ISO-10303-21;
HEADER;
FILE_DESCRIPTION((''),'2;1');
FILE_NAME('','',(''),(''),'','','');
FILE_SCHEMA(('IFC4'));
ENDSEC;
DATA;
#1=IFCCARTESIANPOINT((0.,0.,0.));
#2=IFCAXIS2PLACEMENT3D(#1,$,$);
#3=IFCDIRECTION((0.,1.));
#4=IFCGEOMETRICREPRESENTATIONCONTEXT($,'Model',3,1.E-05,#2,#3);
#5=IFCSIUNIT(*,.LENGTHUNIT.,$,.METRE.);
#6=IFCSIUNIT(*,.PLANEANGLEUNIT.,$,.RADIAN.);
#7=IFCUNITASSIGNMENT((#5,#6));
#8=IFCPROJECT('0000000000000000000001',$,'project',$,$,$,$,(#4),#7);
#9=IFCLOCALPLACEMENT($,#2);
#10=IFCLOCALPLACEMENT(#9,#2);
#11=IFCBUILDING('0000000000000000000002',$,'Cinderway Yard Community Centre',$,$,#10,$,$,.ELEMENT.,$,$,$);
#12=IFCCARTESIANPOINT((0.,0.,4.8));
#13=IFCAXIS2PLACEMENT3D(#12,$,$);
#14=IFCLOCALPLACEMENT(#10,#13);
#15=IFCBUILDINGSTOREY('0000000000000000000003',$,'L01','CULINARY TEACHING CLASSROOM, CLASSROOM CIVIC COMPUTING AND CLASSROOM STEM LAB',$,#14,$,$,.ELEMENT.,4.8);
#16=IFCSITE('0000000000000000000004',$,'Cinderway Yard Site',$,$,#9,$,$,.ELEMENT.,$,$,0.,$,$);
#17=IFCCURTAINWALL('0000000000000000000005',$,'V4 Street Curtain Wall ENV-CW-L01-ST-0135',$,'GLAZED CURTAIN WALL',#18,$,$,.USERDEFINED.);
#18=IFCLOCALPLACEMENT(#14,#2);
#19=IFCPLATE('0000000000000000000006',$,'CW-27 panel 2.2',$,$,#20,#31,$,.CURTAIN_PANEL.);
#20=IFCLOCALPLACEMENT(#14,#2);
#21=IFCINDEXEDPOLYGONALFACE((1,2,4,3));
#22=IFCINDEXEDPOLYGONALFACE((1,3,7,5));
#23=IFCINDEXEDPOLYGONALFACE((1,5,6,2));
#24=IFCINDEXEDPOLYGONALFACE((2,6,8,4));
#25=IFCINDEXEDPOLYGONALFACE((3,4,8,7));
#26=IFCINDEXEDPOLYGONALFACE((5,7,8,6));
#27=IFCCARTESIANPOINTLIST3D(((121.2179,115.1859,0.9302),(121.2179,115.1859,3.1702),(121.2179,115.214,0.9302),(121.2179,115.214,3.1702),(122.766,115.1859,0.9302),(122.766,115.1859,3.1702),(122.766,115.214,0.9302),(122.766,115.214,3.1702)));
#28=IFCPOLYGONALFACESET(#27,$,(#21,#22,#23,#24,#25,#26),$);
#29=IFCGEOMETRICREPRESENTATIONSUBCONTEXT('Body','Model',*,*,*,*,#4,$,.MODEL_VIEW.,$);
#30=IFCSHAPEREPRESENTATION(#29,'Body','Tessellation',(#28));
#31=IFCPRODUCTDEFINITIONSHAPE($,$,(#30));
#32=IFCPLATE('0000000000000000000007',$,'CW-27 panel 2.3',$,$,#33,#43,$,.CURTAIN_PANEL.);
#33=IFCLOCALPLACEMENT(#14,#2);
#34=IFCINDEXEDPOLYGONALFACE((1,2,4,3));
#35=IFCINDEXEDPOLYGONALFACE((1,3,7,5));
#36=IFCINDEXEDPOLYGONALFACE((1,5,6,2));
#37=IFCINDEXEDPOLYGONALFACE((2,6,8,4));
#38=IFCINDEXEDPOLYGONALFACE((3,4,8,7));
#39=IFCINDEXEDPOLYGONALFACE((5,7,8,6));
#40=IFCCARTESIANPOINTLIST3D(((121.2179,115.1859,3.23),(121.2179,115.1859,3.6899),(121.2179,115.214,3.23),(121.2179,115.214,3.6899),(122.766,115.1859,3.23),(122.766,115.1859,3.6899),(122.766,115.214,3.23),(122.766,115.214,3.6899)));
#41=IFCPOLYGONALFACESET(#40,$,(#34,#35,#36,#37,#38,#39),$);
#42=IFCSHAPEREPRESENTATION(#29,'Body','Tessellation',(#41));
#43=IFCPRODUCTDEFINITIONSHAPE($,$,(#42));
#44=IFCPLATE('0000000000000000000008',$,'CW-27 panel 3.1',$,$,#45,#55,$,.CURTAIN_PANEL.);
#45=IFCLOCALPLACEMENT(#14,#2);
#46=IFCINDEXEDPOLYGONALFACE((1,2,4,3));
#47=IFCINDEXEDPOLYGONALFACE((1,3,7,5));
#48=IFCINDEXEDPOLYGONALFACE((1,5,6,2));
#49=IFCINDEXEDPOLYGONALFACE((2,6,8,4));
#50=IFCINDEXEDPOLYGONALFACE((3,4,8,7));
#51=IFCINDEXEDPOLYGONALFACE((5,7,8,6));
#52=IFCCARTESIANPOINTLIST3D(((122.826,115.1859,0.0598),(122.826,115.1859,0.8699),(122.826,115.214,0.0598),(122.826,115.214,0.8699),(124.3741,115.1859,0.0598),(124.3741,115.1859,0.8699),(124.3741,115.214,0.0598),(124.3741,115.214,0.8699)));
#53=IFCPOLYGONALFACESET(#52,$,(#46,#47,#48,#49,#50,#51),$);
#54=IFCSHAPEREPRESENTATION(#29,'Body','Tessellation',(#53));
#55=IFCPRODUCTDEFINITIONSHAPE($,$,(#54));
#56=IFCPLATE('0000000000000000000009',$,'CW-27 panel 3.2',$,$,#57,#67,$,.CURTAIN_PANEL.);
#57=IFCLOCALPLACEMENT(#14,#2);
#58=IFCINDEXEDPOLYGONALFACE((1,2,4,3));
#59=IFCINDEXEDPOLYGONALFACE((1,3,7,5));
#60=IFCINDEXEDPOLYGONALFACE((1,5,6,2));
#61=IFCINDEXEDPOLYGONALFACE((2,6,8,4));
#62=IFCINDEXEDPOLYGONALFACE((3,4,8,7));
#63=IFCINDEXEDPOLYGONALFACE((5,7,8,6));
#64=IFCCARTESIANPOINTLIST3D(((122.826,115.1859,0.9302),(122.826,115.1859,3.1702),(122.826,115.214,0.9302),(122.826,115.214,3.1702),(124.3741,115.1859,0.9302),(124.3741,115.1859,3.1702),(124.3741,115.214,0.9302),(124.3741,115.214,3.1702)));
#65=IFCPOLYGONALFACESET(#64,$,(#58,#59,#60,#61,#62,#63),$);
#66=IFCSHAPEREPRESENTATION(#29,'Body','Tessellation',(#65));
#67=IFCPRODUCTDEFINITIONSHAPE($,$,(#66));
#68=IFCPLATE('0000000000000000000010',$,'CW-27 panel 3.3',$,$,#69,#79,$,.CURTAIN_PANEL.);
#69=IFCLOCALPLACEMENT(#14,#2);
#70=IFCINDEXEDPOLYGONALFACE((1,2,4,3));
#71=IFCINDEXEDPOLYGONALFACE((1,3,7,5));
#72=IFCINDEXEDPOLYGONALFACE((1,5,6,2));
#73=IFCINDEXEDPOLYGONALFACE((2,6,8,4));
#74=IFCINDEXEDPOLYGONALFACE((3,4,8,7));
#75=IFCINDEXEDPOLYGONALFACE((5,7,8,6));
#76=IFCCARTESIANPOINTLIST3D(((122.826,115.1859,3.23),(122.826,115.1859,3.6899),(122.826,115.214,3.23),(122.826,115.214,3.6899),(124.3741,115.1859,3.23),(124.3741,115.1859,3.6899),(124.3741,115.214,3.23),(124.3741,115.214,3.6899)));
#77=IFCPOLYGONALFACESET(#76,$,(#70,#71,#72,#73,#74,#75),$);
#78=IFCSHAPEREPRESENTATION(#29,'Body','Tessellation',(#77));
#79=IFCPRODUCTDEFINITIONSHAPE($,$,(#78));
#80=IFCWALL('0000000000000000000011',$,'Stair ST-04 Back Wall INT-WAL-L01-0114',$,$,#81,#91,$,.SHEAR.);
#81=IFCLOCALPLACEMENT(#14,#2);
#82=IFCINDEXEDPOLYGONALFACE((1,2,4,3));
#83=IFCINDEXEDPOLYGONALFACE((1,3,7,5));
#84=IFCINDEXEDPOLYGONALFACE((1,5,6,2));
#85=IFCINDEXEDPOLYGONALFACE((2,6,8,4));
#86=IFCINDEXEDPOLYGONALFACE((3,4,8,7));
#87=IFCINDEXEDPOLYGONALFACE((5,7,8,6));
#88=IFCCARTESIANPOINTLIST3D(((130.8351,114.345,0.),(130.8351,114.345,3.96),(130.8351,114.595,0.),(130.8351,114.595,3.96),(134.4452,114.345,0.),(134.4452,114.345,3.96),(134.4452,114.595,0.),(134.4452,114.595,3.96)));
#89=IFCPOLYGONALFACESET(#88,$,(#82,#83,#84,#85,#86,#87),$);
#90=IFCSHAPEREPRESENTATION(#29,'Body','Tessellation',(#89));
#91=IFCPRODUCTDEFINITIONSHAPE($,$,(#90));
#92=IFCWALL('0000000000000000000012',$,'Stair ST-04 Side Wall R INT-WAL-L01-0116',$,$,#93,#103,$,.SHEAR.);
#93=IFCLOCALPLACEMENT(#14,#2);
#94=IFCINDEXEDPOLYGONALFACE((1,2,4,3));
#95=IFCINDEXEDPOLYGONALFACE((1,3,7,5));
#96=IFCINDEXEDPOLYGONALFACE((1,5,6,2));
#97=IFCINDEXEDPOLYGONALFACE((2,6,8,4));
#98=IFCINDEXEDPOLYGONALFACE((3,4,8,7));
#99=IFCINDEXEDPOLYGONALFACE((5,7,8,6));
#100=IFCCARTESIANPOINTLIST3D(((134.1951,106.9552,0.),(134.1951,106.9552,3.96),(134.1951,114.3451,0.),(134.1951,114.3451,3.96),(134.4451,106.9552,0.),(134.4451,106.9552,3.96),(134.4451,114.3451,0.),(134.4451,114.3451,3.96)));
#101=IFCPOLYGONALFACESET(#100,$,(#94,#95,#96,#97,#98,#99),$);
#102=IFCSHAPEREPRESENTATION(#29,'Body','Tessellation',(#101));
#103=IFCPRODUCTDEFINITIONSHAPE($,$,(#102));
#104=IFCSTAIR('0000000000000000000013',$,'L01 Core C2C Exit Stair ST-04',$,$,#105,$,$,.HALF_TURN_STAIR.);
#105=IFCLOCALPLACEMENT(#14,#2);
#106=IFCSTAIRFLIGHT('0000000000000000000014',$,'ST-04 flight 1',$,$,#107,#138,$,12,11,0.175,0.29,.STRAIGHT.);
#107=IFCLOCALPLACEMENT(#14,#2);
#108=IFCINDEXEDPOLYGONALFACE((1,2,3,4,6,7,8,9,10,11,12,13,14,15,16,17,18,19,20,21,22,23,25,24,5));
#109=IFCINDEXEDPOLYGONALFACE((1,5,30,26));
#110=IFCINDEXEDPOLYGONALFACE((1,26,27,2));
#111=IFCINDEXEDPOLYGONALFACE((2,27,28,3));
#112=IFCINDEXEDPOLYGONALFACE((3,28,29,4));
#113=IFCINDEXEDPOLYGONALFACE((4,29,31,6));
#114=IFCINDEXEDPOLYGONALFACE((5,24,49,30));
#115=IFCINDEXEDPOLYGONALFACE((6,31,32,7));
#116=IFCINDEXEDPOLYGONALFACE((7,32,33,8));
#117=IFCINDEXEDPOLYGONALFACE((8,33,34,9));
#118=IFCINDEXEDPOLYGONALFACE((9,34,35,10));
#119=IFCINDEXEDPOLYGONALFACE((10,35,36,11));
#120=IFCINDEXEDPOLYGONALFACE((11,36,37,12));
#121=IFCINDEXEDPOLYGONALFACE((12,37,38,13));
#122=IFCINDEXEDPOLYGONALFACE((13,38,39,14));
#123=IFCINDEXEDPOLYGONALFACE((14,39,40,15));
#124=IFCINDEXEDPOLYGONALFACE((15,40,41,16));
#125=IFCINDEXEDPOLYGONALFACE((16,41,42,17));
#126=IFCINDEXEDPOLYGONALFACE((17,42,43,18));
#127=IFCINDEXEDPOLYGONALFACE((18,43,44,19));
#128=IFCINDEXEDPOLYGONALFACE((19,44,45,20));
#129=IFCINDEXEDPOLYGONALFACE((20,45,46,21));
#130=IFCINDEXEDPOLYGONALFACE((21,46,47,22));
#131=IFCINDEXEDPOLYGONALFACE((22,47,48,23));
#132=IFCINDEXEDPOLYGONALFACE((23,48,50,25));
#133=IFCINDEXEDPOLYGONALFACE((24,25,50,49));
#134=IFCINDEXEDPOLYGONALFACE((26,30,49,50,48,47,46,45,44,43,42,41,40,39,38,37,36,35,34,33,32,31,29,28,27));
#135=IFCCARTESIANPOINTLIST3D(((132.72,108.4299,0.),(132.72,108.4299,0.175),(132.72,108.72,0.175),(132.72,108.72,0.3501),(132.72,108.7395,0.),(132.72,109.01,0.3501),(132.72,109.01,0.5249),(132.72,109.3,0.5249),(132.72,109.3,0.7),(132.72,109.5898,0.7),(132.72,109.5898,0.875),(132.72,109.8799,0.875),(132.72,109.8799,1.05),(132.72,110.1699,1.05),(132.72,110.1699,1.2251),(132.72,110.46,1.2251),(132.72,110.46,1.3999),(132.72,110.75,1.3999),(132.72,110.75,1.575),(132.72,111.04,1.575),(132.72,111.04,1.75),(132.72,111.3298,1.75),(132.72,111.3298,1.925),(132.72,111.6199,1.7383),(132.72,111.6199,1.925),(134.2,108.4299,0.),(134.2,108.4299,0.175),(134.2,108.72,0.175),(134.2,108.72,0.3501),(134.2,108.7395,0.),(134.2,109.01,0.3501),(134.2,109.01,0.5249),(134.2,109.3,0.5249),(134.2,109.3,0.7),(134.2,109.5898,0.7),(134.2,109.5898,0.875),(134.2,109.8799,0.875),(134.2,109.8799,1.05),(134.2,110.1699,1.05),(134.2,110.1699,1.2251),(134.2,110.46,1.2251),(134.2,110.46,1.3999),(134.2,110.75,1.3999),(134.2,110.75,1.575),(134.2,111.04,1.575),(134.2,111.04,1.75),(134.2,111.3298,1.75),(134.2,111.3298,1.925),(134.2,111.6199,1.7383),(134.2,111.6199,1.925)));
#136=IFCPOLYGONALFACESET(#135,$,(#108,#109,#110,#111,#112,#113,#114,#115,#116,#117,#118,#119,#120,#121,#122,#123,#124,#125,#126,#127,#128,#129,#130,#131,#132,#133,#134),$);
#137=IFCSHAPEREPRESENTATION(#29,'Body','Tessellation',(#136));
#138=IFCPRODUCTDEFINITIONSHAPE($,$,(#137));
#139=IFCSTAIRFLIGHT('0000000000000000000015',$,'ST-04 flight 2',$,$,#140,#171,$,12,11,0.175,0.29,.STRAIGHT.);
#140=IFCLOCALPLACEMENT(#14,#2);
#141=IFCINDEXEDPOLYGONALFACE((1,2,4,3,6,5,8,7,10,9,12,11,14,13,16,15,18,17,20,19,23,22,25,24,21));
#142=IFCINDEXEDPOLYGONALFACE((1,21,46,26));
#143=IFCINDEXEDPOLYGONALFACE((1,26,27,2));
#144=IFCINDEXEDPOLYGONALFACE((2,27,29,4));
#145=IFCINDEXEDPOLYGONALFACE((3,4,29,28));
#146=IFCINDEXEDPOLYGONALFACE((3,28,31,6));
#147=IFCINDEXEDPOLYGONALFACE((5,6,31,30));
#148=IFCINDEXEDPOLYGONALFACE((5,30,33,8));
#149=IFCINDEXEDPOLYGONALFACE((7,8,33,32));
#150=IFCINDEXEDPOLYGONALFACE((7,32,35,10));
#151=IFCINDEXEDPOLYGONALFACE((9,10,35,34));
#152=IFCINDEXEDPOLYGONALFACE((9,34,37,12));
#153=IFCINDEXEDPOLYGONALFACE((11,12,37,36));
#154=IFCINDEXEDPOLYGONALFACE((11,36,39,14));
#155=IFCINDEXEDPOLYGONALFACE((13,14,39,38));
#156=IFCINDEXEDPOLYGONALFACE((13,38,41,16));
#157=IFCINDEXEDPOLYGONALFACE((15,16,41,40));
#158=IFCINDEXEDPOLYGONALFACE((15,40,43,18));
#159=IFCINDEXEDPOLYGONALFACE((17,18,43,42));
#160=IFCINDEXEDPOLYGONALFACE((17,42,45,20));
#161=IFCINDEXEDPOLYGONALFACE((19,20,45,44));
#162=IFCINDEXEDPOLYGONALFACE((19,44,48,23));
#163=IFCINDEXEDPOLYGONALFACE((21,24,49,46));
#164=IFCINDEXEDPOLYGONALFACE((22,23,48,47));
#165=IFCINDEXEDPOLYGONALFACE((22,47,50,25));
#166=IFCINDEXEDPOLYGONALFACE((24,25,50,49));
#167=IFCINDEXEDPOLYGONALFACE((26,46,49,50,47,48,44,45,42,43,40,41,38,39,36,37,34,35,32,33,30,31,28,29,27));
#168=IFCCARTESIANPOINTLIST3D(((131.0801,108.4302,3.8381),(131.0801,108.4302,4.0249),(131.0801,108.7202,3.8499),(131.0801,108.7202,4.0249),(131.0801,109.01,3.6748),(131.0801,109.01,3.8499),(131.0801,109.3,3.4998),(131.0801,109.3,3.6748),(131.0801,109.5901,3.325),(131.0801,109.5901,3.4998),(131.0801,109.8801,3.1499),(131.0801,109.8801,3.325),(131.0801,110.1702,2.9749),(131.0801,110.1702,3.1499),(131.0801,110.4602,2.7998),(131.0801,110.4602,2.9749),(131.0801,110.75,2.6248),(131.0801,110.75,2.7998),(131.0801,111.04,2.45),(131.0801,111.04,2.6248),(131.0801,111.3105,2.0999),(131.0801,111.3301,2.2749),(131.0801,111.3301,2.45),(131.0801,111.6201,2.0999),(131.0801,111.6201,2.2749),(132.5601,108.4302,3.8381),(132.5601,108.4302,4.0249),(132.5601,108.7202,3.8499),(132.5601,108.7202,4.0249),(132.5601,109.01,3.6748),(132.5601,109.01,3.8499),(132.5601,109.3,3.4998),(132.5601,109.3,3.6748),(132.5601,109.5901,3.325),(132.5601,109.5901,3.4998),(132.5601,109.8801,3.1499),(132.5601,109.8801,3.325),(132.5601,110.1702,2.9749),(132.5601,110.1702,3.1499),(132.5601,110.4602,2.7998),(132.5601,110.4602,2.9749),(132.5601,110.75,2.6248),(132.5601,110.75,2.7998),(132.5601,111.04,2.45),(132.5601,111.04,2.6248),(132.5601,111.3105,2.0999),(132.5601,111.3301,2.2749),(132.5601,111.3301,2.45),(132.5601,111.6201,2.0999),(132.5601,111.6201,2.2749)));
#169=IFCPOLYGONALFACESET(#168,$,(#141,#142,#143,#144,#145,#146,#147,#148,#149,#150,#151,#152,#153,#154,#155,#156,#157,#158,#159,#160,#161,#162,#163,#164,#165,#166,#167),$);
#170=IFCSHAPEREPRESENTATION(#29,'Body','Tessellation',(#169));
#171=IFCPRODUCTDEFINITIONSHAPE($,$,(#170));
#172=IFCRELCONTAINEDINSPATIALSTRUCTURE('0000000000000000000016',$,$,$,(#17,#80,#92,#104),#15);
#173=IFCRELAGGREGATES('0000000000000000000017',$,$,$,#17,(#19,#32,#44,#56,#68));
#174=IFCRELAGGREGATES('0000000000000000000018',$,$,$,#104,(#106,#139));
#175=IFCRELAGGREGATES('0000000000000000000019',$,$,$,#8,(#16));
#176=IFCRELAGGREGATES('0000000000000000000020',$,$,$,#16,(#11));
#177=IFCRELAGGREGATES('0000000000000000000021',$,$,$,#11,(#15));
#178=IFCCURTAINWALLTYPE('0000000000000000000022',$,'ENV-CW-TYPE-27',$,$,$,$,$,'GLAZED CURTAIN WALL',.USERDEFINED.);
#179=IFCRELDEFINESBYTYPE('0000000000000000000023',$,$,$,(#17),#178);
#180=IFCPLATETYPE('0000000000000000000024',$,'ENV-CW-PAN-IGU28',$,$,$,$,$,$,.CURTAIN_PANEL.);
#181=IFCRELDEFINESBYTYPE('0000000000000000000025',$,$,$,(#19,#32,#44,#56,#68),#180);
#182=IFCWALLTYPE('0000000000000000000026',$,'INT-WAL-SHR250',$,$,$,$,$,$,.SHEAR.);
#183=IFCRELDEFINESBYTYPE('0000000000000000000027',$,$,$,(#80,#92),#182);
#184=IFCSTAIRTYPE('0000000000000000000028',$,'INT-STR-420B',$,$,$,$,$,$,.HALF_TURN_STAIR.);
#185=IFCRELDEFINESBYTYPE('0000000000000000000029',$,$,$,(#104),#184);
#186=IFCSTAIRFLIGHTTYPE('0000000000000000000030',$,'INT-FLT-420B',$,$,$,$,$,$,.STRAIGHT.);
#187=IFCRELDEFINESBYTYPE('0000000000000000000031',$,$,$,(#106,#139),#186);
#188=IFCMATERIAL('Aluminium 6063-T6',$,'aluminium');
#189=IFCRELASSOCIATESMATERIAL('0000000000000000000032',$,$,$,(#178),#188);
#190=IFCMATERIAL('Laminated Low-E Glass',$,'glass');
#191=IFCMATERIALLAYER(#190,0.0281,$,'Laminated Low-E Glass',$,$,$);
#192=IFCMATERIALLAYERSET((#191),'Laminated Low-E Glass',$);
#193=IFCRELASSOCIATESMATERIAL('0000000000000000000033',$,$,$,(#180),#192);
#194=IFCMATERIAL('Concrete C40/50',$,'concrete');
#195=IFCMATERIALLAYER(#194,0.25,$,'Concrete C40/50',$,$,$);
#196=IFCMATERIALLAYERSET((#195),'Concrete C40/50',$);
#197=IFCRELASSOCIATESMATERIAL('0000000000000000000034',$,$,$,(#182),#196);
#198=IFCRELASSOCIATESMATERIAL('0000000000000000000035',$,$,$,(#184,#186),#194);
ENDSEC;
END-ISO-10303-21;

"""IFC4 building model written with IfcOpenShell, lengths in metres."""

from ifc_helpers import new_model, si_unit, direction, frame, frame_2d, origin, origin_2d, place, context, subcontext, project, spatial, polyline, rectangle, outline, extrude, material, layer, layer_set, type_object, element, aggregate, save


model = new_model("IFC4")

# Units and contexts
model_context = context("Model", 3, precision=1e-05, world=origin(), true_north=direction((0.0, 1.0)))
body_context = subcontext(model_context, "Body", "Model", "MODEL_VIEW")
ifc_project = project(units=[si_unit("LENGTHUNIT", "METRE"), si_unit("PLANEANGLEUNIT", "RADIAN")], contexts=[model_context])

# Site, building, storey
site_placement = place(None, origin())
site = spatial("IfcSite", under=ifc_project, at=site_placement, Name="Cinderway Yard Site", CompositionType="ELEMENT", RefElevation=0.0)
building_placement = place(site_placement, origin())
building = spatial("IfcBuilding", under=site, at=building_placement, Name="Cinderway Yard Community Centre", CompositionType="ELEMENT")
storey_placement = place(building_placement, frame((0.0, 0.0, 4.8)))
storey = spatial("IfcBuildingStorey", under=building, at=storey_placement, Name="L01", Description="CULINARY TEACHING CLASSROOM, CLASSROOM CIVIC COMPUTING AND CLASSROOM STEM LAB", CompositionType="ELEMENT", Elevation=4.8)

# Curtain wall, plates
ifc_material_1 = material(Name="Aluminium 6063-T6", Category="aluminium")
curtain_wall_type = type_object("IfcCurtainWallType", Name="ENV-CW-TYPE-27", ElementType="GLAZED CURTAIN WALL", PredefinedType="USERDEFINED", material=ifc_material_1)
curtain_wall_placement = place(storey_placement, origin())
curtain_wall = element("IfcCurtainWall", 1, at=curtain_wall_placement, inside=storey, type_object=curtain_wall_type, Name="V4 Street Curtain Wall ENV-CW-L01-ST-0135", ObjectType="GLAZED CURTAIN WALL", PredefinedType="USERDEFINED")
ifc_material_2 = material(Name="Laminated Low-E Glass", Category="glass")
ifc_layer_1 = layer(ifc_material_2, 0.0281, Name="Laminated Low-E Glass")
ifc_layer_set_1 = layer_set([ifc_layer_1], Name="Laminated Low-E Glass")
plate_type = type_object("IfcPlateType", Name="ENV-CW-PAN-IGU28", PredefinedType="CURTAIN_PANEL", material=ifc_layer_set_1)
plate_1_placement = place(storey_placement, frame((121.9919, 115.2, 0.9302), z_axis=(0.0, 0.0, 1.0), x_axis=(1.0, 0.0, 0.0)))
plate_1 = element("IfcPlate", 2, at=plate_1_placement, type_object=plate_type, Name="CW-27 panel 2.2", PredefinedType="CURTAIN_PANEL", context=body_context, shape_type="SweptSolid", body=[
    extrude(rectangle(XDim=1.5481, YDim=0.0281, at=origin_2d()), origin(), (0.0, 0.0, 1.0), 2.24),
])
plate_2_placement = place(storey_placement, frame((121.9919, 115.2, 3.23), z_axis=(0.0, 0.0, 1.0), x_axis=(1.0, 0.0, 0.0)))
plate_2 = element("IfcPlate", 3, at=plate_2_placement, type_object=plate_type, Name="CW-27 panel 2.3", PredefinedType="CURTAIN_PANEL", context=body_context, shape_type="SweptSolid", body=[
    extrude(rectangle(XDim=1.5481, YDim=0.0281, at=origin_2d()), origin(), (0.0, 0.0, 1.0), 0.46),
])
plate_3_placement = place(storey_placement, frame((123.6001, 115.2, 0.0598), z_axis=(0.0, 0.0, 1.0), x_axis=(1.0, 0.0, 0.0)))
plate_3 = element("IfcPlate", 4, at=plate_3_placement, type_object=plate_type, Name="CW-27 panel 3.1", PredefinedType="CURTAIN_PANEL", context=body_context, shape_type="SweptSolid", body=[
    extrude(rectangle(XDim=1.5481, YDim=0.0281, at=origin_2d()), origin(), (0.0, 0.0, 1.0), 0.8101),
])
plate_4_placement = place(storey_placement, frame((123.6001, 115.2, 0.9302), z_axis=(0.0, 0.0, 1.0), x_axis=(1.0, 0.0, 0.0)))
plate_4 = element("IfcPlate", 5, at=plate_4_placement, type_object=plate_type, Name="CW-27 panel 3.2", PredefinedType="CURTAIN_PANEL", context=body_context, shape_type="SweptSolid", body=[
    extrude(rectangle(XDim=1.5481, YDim=0.0281, at=origin_2d()), origin(), (0.0, 0.0, 1.0), 2.24),
])
plate_5_placement = place(storey_placement, frame((123.6001, 115.2, 3.23), z_axis=(0.0, 0.0, 1.0), x_axis=(1.0, 0.0, 0.0)))
plate_5 = element("IfcPlate", 6, at=plate_5_placement, type_object=plate_type, Name="CW-27 panel 3.3", PredefinedType="CURTAIN_PANEL", context=body_context, shape_type="SweptSolid", body=[
    extrude(rectangle(XDim=1.5481, YDim=0.0281, at=origin_2d()), origin(), (0.0, 0.0, 1.0), 0.46),
])
aggregate(curtain_wall, [plate_1, plate_2, plate_3, plate_4, plate_5])

# Walls
ifc_material_3 = material(Name="Concrete C40/50", Category="concrete")
ifc_layer_2 = layer(ifc_material_3, 0.25, Name="Concrete C40/50")
ifc_layer_set_2 = layer_set([ifc_layer_2], Name="Concrete C40/50")
wall_type = type_object("IfcWallType", Name="INT-WAL-SHR250", PredefinedType="SHEAR", material=ifc_layer_set_2)
wall_1_placement = place(storey_placement, frame((130.835, 114.47, 0.0), z_axis=(0.0, 0.0, 1.0), x_axis=(1.0, 0.0, 0.0)))
element("IfcWall", 7, at=wall_1_placement, inside=storey, type_object=wall_type, Name="Stair ST-04 Back Wall INT-WAL-L01-0114", PredefinedType="SHEAR", context=body_context, shape_type="SweptSolid", body=[
    extrude(rectangle(XDim=3.6101, YDim=0.25, at=frame_2d((1.8052, 0.0))), origin(), (0.0, 0.0, 1.0), 3.96),
])
wall_2_placement = place(storey_placement, frame((134.3201, 114.345, 0.0), z_axis=(0.0, 0.0, 1.0), x_axis=(0.0, -1.0, 0.0)))
element("IfcWall", 8, at=wall_2_placement, inside=storey, type_object=wall_type, Name="Stair ST-04 Side Wall R INT-WAL-L01-0116", PredefinedType="SHEAR", context=body_context, shape_type="SweptSolid", body=[
    extrude(rectangle(XDim=7.3899, YDim=0.25, at=frame_2d((3.6948, 0.0))), origin(), (0.0, 0.0, 1.0), 3.96),
])

# Stair, stair flights
stair_type = type_object("IfcStairType", Name="INT-STR-420B", PredefinedType="HALF_TURN_STAIR", material=ifc_material_3)
stair_placement = place(storey_placement, origin())
stair = element("IfcStair", 9, at=stair_placement, inside=storey, type_object=stair_type, Name="L01 Core C2C Exit Stair ST-04", PredefinedType="HALF_TURN_STAIR")
stair_flight_type = type_object("IfcStairFlightType", Name="INT-FLT-420B", PredefinedType="STRAIGHT", material=ifc_material_3)
stair_flight_1_placement = place(storey_placement, frame((133.46, 108.4299, 0.0), z_axis=(0.0, 0.0, 1.0), x_axis=(0.0, 1.0, 0.0)))
stair_flight_1 = element("IfcStairFlight", 10, at=stair_flight_1_placement, type_object=stair_flight_type, Name="ST-04 flight 1", NumberOfRisers=12, NumberOfTreads=11, PredefinedType="STRAIGHT", RiserHeight=0.175, TreadLength=0.29, context=body_context, shape_type="SweptSolid", body=[
    extrude(outline(polyline([(0.0, 0.0), (0.0, 0.175), (0.29, 0.175), (0.29, 0.3501), (0.5801, 0.3501), (0.5801, 0.5249), (0.8701, 0.5249), (0.8701, 0.7), (1.1599, 0.7), (1.1599, 0.875), (1.45, 0.875), (1.45, 1.05), (1.74, 1.05), (1.74, 1.2251), (2.03, 1.2251), (2.03, 1.3999), (2.3201, 1.3999), (2.3201, 1.575), (2.6101, 1.575), (2.6101, 1.75), (2.8999, 1.75), (2.8999, 1.925), (3.1899, 1.925), (3.1899, 2.1001), (3.1899, 1.7383), (0.3096, 0.0), (0.0, 0.0)])), frame((0.0, 0.74, 0.0), z_axis=(0.0, -1.0, 0.0), x_axis=(1.0, 0.0, 0.0)), (0.0, 0.0, 1.0), 1.48),
])
stair_flight_2_placement = place(storey_placement, frame((131.8201, 111.6201, 2.0999), z_axis=(0.0, 0.0, 1.0), x_axis=(0.0, -1.0, 0.0)))
stair_flight_2 = element("IfcStairFlight", 11, at=stair_flight_2_placement, type_object=stair_flight_type, Name="ST-04 flight 2", NumberOfRisers=12, NumberOfTreads=11, PredefinedType="STRAIGHT", RiserHeight=0.175, TreadLength=0.29, context=body_context, shape_type="SweptSolid", body=[
    extrude(outline(polyline([(0.0, 0.0), (0.0, 0.175), (0.29, 0.175), (0.29, 0.3501), (0.5801, 0.3501), (0.5801, 0.5249), (0.8701, 0.5249), (0.8701, 0.7), (1.1599, 0.7), (1.1599, 0.875), (1.45, 0.875), (1.45, 1.05), (1.74, 1.05), (1.74, 1.2251), (2.03, 1.2251), (2.03, 1.3999), (2.3201, 1.3999), (2.3201, 1.575), (2.6101, 1.575), (2.6101, 1.75), (2.8999, 1.75), (2.8999, 1.925), (3.1899, 1.925), (3.1899, 2.1001), (3.1899, 1.7383), (0.3096, 0.0), (0.0, 0.0)])), frame((0.0, 0.74, 0.0), z_axis=(0.0, -1.0, 0.0), x_axis=(1.0, 0.0, 0.0)), (0.0, 0.0, 1.0), 1.48),
])
aggregate(stair, [stair_flight_1, stair_flight_2])

save(model, "model.ifc")
